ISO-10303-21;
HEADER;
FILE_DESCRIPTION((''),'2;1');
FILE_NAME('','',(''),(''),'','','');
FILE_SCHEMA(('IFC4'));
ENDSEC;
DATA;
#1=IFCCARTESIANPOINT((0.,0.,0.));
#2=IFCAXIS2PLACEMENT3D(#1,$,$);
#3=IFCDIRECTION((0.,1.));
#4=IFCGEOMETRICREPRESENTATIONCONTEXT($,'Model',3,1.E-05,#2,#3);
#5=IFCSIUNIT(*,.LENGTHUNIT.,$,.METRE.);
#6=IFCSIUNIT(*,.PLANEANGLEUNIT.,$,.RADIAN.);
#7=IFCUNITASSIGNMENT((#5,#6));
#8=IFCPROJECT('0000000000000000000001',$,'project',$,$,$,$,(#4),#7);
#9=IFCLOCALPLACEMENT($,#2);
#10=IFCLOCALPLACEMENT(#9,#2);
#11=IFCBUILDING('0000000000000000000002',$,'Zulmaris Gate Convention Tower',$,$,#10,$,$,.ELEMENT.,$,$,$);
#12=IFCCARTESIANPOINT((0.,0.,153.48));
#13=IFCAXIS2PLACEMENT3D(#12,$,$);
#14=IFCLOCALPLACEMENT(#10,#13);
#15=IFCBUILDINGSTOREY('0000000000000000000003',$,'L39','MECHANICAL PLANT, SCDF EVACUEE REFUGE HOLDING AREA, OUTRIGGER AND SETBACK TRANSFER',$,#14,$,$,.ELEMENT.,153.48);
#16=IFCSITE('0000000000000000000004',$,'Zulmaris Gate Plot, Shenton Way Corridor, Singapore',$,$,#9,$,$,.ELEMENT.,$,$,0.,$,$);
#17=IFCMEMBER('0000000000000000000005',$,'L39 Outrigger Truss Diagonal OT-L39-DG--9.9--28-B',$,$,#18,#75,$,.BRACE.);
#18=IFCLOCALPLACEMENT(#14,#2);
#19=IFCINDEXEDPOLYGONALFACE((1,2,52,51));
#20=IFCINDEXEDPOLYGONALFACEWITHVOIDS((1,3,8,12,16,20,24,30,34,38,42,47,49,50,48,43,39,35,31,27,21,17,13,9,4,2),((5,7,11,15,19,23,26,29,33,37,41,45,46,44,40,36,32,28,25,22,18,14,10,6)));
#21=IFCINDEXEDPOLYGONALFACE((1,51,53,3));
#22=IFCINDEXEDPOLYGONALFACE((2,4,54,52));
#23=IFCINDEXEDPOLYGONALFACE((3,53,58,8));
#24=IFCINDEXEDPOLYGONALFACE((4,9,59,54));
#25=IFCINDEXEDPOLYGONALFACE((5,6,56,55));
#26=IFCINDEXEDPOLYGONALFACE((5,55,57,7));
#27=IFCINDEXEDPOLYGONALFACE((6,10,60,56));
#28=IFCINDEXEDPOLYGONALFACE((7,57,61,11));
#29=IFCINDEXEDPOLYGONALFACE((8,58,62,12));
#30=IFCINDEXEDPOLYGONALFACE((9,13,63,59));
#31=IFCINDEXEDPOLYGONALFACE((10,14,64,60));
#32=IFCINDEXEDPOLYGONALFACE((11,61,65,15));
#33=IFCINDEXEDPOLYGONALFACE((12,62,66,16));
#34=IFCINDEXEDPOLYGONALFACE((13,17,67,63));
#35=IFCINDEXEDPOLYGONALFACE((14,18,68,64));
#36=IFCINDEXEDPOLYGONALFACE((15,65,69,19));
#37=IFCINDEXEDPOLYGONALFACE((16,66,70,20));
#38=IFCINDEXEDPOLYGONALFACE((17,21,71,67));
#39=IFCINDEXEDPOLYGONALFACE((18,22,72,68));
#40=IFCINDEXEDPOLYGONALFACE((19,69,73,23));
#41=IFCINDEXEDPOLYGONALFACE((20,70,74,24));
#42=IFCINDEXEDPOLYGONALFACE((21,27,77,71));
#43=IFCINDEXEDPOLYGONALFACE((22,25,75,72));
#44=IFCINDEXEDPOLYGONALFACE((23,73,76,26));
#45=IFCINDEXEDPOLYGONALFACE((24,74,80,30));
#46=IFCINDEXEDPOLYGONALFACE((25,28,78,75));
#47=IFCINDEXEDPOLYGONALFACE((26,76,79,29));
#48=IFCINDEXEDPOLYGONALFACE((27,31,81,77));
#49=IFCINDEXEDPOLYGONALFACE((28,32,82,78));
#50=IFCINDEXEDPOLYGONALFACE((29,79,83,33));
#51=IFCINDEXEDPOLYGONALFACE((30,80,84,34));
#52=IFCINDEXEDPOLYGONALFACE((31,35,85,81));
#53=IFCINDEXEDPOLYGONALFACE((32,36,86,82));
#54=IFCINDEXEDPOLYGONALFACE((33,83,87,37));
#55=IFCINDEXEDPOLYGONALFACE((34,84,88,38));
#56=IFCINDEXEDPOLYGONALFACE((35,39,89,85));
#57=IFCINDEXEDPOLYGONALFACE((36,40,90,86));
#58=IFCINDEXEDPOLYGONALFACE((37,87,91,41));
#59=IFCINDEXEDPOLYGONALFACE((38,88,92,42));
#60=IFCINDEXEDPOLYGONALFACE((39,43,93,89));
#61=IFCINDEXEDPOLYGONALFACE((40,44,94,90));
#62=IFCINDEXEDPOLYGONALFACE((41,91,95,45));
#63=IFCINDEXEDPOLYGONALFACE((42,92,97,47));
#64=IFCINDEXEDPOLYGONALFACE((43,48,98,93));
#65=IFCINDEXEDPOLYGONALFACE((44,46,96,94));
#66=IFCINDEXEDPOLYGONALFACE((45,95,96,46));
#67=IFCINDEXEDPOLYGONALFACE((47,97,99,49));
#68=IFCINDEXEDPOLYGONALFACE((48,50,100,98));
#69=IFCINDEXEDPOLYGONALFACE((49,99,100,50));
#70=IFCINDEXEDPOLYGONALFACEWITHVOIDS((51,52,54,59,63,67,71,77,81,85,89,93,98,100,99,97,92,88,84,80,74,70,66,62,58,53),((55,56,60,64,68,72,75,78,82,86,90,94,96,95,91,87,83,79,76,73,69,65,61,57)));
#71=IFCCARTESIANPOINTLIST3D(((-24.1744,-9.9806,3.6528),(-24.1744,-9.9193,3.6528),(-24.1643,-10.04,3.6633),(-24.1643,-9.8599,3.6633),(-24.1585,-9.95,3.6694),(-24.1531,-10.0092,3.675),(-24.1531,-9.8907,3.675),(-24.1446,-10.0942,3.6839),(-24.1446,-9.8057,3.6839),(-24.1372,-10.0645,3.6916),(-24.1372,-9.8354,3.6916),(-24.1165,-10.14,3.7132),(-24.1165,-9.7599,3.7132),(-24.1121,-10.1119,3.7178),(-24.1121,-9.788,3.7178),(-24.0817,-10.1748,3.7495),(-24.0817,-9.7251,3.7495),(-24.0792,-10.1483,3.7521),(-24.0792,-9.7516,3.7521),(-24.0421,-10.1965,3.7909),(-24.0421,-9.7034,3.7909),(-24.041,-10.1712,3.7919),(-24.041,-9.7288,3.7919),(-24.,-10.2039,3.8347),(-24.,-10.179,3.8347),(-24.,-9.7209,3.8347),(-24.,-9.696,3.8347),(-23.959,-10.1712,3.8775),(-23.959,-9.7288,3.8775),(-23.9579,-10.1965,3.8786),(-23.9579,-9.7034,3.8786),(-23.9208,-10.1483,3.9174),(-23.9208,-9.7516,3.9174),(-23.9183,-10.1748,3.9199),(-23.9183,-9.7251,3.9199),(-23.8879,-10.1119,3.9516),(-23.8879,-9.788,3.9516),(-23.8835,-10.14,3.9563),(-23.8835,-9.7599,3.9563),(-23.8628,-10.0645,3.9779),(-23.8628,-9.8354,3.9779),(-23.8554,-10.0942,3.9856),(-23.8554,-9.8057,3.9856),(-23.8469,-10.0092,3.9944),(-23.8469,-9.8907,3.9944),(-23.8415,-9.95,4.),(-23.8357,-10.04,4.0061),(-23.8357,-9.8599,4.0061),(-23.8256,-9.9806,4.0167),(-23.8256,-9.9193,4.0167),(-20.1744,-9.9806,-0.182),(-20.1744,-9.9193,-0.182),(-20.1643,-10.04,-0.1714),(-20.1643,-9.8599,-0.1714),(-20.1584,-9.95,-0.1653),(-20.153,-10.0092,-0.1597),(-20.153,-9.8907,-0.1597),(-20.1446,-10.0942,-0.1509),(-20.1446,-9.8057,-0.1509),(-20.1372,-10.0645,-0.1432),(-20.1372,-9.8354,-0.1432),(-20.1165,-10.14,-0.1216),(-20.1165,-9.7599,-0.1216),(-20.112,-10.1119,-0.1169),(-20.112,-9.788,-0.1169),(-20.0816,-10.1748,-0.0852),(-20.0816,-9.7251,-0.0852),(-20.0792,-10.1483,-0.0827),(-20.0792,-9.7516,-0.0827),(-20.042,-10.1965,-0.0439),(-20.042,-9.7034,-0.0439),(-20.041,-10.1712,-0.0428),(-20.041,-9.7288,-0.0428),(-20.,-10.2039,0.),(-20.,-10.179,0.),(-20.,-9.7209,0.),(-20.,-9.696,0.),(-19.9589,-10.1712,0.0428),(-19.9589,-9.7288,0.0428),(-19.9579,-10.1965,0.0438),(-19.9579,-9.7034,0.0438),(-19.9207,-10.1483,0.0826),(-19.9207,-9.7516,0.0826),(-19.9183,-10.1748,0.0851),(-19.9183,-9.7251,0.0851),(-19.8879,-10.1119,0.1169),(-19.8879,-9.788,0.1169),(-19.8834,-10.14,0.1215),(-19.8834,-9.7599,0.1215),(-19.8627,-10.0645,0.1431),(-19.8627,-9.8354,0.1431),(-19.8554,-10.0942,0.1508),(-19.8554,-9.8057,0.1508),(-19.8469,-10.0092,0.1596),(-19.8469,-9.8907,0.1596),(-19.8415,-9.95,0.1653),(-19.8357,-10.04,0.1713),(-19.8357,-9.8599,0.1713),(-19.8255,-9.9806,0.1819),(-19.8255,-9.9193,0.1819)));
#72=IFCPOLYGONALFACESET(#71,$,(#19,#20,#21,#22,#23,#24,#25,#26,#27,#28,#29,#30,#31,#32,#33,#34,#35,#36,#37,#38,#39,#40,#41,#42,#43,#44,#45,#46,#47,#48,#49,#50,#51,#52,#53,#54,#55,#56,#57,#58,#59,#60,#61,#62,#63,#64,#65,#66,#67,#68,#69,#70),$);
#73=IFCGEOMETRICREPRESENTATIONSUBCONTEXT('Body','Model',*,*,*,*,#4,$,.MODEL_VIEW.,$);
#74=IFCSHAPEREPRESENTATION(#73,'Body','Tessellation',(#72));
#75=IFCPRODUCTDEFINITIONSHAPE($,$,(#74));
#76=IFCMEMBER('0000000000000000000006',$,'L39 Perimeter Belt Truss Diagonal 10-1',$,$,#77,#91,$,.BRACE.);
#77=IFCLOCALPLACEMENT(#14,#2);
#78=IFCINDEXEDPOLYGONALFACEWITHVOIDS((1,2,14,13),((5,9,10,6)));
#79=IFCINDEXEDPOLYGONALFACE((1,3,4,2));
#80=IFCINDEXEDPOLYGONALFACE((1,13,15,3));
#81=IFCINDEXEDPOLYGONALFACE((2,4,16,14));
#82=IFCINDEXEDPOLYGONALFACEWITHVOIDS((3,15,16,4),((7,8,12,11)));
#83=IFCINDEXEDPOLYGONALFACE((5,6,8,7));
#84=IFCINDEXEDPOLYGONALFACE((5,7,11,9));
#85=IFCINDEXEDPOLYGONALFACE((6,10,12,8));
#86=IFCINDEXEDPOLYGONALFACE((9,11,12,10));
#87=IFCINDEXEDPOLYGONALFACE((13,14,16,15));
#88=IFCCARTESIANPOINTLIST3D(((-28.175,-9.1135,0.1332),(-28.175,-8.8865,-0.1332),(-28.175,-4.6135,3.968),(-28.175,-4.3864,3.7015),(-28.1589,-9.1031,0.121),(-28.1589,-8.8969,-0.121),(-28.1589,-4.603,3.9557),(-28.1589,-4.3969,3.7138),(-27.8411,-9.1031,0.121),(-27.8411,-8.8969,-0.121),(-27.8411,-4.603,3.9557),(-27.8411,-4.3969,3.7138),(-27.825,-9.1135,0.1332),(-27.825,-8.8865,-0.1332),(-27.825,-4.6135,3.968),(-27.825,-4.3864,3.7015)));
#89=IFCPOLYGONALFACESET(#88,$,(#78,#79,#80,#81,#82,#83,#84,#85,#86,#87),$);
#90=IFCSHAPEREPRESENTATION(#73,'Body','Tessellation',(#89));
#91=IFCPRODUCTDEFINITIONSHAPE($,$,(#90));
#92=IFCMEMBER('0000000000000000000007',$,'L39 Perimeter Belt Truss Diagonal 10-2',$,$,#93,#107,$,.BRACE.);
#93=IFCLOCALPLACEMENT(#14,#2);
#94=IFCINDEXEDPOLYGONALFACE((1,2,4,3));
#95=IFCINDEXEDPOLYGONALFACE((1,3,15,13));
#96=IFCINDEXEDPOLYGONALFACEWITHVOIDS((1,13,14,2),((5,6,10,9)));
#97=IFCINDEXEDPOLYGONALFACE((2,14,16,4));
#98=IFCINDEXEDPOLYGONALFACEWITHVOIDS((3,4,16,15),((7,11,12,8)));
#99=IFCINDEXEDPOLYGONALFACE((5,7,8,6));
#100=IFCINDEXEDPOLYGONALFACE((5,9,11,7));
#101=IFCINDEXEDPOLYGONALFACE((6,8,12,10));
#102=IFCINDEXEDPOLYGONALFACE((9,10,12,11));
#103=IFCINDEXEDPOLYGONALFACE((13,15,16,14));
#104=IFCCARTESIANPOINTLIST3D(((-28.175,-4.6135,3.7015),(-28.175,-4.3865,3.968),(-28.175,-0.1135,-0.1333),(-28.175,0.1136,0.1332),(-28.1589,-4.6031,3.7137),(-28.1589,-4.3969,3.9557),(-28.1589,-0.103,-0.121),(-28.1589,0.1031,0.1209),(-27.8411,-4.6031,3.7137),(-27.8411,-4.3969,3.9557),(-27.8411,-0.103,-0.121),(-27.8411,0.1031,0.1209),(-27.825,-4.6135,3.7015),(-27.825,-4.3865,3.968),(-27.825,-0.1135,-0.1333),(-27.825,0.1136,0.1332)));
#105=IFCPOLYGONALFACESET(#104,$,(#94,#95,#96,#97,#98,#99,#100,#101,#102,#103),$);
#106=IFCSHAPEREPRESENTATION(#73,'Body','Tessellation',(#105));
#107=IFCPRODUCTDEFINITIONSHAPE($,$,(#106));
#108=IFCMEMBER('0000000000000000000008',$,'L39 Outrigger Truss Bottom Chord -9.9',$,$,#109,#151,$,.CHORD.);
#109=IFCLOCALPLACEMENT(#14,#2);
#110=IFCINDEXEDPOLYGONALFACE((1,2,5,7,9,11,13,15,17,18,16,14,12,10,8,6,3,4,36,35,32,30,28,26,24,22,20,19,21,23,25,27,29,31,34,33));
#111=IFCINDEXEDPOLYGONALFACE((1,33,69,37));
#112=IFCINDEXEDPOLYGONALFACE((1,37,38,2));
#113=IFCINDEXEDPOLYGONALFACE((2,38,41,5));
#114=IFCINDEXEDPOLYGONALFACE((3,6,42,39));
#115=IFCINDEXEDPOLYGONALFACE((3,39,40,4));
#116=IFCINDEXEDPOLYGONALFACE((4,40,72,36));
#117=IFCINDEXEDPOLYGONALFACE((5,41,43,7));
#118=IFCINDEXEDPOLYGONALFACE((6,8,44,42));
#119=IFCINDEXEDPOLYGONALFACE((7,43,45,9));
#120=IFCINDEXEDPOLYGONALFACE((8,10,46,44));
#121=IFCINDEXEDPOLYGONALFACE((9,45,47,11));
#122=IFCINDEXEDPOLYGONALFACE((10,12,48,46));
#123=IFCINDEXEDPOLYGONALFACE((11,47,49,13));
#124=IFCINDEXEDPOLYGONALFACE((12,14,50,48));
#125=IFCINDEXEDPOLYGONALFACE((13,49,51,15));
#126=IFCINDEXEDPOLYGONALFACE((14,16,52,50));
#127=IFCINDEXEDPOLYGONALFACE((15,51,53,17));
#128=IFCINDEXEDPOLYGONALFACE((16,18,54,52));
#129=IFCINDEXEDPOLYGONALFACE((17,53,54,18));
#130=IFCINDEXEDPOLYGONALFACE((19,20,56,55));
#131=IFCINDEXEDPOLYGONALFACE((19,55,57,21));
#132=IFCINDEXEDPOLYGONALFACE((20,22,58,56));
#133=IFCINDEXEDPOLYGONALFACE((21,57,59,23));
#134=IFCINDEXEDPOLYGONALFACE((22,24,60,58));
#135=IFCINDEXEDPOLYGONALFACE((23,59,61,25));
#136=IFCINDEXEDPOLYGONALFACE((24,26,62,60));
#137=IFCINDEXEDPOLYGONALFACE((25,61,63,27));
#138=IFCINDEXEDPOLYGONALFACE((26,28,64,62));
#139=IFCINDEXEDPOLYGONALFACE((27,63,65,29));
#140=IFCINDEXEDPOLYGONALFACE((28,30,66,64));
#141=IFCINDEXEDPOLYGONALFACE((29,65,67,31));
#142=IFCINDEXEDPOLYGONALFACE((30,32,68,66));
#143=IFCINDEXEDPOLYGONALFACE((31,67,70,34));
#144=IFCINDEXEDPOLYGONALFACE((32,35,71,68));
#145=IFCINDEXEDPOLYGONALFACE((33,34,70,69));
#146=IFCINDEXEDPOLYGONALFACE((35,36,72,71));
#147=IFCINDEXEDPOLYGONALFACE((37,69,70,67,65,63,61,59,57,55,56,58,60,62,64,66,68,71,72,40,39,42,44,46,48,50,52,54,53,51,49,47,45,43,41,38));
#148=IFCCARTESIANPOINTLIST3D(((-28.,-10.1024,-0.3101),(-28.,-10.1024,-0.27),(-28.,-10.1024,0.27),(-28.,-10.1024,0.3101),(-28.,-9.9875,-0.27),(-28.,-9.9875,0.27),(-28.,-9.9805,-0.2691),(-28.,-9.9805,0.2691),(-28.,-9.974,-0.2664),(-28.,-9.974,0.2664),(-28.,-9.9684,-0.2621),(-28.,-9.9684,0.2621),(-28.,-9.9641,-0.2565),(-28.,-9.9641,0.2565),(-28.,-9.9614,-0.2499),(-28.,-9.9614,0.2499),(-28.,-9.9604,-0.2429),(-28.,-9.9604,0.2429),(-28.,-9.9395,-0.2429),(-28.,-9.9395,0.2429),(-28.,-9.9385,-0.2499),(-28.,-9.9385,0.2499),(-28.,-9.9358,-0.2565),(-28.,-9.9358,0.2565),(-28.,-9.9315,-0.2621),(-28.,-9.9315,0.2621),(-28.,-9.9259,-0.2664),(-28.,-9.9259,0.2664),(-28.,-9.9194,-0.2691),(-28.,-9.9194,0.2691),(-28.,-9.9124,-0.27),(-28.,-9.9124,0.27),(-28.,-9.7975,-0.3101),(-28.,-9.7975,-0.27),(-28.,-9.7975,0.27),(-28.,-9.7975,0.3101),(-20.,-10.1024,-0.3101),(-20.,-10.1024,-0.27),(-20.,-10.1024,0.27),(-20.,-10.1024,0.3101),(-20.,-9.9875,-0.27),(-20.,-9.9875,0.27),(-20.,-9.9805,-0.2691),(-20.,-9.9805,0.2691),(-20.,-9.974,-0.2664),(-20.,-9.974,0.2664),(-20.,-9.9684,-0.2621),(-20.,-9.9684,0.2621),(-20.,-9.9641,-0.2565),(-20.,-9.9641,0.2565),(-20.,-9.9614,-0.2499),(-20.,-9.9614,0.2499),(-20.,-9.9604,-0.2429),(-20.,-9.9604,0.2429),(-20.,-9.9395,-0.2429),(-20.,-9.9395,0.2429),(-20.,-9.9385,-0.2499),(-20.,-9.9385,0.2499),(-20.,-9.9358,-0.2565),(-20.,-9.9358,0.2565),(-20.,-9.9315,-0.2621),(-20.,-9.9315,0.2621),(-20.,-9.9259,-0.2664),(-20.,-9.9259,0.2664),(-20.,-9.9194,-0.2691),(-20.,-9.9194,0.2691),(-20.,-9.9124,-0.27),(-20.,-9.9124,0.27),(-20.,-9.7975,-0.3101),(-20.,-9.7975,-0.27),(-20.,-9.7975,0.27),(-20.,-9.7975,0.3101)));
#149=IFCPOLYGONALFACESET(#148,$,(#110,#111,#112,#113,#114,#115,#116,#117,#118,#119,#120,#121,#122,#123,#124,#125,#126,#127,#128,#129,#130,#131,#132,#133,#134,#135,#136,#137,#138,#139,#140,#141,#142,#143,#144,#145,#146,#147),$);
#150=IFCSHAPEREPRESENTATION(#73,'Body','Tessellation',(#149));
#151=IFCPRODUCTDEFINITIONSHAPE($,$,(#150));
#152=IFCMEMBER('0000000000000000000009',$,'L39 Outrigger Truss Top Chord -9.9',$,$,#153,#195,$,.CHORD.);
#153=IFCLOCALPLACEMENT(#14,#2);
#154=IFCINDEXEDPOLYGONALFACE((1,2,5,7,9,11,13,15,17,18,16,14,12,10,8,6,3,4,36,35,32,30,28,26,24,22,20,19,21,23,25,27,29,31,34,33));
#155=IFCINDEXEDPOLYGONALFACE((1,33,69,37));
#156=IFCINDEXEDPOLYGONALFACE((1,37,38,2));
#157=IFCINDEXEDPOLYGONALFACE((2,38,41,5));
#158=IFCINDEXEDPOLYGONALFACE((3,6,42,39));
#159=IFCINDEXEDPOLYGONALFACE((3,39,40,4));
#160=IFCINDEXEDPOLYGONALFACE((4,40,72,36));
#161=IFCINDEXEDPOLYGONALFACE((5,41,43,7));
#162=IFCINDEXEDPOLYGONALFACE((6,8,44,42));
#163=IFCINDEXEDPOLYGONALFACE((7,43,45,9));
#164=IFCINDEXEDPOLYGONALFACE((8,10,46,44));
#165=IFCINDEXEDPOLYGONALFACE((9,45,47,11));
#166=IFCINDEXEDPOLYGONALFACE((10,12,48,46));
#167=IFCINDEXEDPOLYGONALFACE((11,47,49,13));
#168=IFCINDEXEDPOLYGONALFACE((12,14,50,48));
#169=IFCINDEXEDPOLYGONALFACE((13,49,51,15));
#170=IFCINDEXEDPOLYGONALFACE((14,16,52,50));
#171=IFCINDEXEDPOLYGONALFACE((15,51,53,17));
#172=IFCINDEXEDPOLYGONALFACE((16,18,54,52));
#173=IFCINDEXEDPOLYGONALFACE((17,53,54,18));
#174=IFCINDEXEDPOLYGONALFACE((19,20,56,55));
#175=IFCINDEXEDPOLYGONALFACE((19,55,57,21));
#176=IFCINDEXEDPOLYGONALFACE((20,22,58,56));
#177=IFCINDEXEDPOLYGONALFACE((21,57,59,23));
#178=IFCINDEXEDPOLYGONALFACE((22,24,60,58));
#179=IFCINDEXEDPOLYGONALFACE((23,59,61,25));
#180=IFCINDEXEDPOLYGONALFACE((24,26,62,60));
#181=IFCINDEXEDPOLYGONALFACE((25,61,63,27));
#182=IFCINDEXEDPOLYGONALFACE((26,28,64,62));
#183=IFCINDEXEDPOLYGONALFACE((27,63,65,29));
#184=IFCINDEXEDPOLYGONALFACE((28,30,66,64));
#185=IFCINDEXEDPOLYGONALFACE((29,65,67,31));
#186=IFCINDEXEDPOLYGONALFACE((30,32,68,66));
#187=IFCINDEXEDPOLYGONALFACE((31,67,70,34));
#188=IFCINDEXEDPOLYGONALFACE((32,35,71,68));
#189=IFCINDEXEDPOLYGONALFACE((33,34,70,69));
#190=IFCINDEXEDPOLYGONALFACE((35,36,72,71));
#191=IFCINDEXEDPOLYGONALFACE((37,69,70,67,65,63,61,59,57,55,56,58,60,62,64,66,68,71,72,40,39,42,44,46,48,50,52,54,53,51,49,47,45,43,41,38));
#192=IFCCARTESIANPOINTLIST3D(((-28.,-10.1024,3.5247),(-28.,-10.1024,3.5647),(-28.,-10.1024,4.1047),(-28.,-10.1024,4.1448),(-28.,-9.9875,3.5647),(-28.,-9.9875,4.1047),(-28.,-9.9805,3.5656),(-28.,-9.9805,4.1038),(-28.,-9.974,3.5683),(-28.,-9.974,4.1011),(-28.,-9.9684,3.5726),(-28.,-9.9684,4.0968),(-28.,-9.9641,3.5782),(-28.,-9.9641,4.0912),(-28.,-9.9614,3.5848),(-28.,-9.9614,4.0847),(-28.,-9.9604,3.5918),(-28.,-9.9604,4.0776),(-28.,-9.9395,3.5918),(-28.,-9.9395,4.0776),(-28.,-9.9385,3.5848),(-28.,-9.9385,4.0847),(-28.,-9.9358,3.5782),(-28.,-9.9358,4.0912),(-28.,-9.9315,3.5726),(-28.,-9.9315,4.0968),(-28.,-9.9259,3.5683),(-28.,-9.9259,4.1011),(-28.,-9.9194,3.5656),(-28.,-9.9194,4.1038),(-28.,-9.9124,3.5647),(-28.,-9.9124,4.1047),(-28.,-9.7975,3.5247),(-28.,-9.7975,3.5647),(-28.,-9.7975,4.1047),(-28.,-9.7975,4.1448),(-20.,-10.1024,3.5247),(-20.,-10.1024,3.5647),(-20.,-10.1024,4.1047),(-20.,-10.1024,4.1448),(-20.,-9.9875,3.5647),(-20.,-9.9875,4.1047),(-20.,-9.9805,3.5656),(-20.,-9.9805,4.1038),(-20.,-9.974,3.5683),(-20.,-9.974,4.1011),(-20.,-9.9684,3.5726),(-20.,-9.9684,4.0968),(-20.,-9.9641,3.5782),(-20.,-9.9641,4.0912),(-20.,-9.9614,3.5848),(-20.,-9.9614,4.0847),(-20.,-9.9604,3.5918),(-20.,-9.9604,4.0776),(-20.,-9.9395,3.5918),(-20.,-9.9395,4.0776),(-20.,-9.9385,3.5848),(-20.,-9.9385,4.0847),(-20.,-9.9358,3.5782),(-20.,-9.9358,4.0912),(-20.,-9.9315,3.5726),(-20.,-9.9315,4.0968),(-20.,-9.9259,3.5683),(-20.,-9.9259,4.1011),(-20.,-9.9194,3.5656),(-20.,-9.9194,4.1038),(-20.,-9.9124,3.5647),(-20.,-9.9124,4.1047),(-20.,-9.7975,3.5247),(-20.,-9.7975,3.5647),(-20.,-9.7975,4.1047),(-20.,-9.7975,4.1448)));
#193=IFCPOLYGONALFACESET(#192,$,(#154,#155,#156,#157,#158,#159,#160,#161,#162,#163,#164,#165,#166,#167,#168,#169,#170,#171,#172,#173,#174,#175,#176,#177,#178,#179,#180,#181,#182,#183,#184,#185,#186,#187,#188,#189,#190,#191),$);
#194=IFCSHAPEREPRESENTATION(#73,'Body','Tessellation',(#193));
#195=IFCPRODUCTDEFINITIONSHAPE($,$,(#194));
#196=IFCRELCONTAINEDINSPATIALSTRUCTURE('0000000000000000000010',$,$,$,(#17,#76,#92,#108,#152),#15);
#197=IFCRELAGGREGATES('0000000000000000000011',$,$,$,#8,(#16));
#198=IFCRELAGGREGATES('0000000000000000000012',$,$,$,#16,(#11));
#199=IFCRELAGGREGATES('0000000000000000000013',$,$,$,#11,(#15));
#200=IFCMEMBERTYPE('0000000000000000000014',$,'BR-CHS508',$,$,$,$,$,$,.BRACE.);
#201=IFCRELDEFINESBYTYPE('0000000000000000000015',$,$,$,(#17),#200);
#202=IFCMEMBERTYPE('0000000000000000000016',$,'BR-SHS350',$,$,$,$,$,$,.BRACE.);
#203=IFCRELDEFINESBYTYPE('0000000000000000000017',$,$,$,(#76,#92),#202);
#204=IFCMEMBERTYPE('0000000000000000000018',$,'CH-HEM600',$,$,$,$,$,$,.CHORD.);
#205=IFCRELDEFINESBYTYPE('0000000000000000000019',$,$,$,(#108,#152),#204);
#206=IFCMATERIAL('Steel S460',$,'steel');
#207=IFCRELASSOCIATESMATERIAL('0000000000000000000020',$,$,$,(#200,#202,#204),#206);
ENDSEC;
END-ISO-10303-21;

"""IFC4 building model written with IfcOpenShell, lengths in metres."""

from ifc_helpers import new_model, si_unit, direction, frame, origin, origin_2d, place, context, subcontext, project, spatial, hollow_rectangle, hollow_circle, i_section, extrude, material, material_profile, profile_set, type_object, element, save


model = new_model("IFC4")

# Units and contexts
model_context = context("Model", 3, precision=1e-05, world=origin(), true_north=direction((0.0, 1.0)))
body_context = subcontext(model_context, "Body", "Model", "MODEL_VIEW")
ifc_project = project(units=[si_unit("LENGTHUNIT", "METRE"), si_unit("PLANEANGLEUNIT", "RADIAN")], contexts=[model_context])

# Site, building, storey
site_placement = place(None, origin())
site = spatial("IfcSite", under=ifc_project, at=site_placement, Name="Zulmaris Gate Plot, Shenton Way Corridor, Singapore", CompositionType="ELEMENT", RefElevation=0.0)
building_placement = place(site_placement, origin())
building = spatial("IfcBuilding", under=site, at=building_placement, Name="Zulmaris Gate Convention Tower", CompositionType="ELEMENT")
storey_placement = place(building_placement, frame((0.0, 0.0, 153.48)))
storey = spatial("IfcBuildingStorey", under=building, at=storey_placement, Name="L39", Description="MECHANICAL PLANT, SCDF EVACUEE REFUGE HOLDING AREA, OUTRIGGER AND SETBACK TRANSFER", CompositionType="ELEMENT", Elevation=153.48)

# Shared definitions
ifc_material_1 = material(Name="Steel S460", Category="steel")

# Members
ifc_material_profile_1 = material_profile(ifc_material_1, hollow_circle(Radius=0.2539, WallThickness=0.0249, at=origin_2d()), Name="CHS 508x25")
ifc_profile_set_1 = profile_set([ifc_material_profile_1], Name="Steel S460")
member_type_1 = type_object("IfcMemberType", Name="BR-CHS508", PredefinedType="BRACE", material=ifc_profile_set_1)
for number, where, z_axis, x_axis, name in (
    (1, (-24.0, -9.95, 3.8347), (0.721863, 0.0, -0.692035), (0.0, 1.0, 0.0), "L39 Outrigger Truss Diagonal OT-L39-DG--9.9--28-B"),
):
    element("IfcMember", number, at=place(storey_placement, frame(where, z_axis=z_axis, x_axis=x_axis)), inside=storey, type_object=member_type_1, Name=name, PredefinedType="BRACE", context=body_context, shape_type="SweptSolid", body=[
        extrude(hollow_circle(Radius=0.2539, WallThickness=0.0249, at=origin_2d()), origin(), (0.0, 0.0, 1.0), 5.5413),
    ])
ifc_material_profile_2 = material_profile(ifc_material_1, hollow_rectangle(XDim=0.3501, YDim=0.3501, WallThickness=0.0161, at=origin_2d()), Name="SHS 350x350x16")
ifc_profile_set_2 = profile_set([ifc_material_profile_2], Name="Steel S460")
member_type_2 = type_object("IfcMemberType", Name="BR-SHS350", PredefinedType="BRACE", material=ifc_profile_set_2)
for number, where, z_axis, x_axis, name in (
    (2, (-28.0, -9.0, 0.0), (0.0, 0.761128, 0.648602), (-1.0, 0.0, 0.0), "L39 Perimeter Belt Truss Diagonal 10-1"),
    (3, (-28.0, -4.5, 3.8347), (0.0, 0.761128, -0.648602), (-1.0, 0.0, 0.0), "L39 Perimeter Belt Truss Diagonal 10-2"),
):
    element("IfcMember", number, at=place(storey_placement, frame(where, z_axis=z_axis, x_axis=x_axis)), inside=storey, type_object=member_type_2, Name=name, PredefinedType="BRACE", context=body_context, shape_type="SweptSolid", body=[
        extrude(hollow_rectangle(XDim=0.3501, YDim=0.3501, WallThickness=0.0161, at=origin_2d()), origin(), (0.0, 0.0, 1.0), 5.9124),
    ])
ifc_material_profile_3 = material_profile(ifc_material_1, i_section(OverallWidth=0.3049, OverallDepth=0.6201, WebThickness=0.021, FlangeThickness=0.04, FilletRadius=0.0271, at=origin_2d()), Name="HEM 600")
ifc_profile_set_3 = profile_set([ifc_material_profile_3], Name="Steel S460")
member_type_3 = type_object("IfcMemberType", Name="CH-HEM600", PredefinedType="CHORD", material=ifc_profile_set_3)
for number, where, z_axis, x_axis, name in (
    (4, (-28.0, -9.95, 0.0), (1.0, 0.0, 0.0), (0.0, 1.0, 0.0), "L39 Outrigger Truss Bottom Chord -9.9"),
    (5, (-28.0, -9.95, 3.8347), (1.0, 0.0, 0.0), (0.0, 1.0, 0.0), "L39 Outrigger Truss Top Chord -9.9"),
):
    element("IfcMember", number, at=place(storey_placement, frame(where, z_axis=z_axis, x_axis=x_axis)), inside=storey, type_object=member_type_3, Name=name, PredefinedType="CHORD", context=body_context, shape_type="SweptSolid", body=[
        extrude(i_section(OverallWidth=0.3049, OverallDepth=0.6201, WebThickness=0.021, FlangeThickness=0.04, FilletRadius=0.0271, at=origin_2d()), origin(), (0.0, 0.0, 1.0), 8.0),
    ])

save(model, "model.ifc")
